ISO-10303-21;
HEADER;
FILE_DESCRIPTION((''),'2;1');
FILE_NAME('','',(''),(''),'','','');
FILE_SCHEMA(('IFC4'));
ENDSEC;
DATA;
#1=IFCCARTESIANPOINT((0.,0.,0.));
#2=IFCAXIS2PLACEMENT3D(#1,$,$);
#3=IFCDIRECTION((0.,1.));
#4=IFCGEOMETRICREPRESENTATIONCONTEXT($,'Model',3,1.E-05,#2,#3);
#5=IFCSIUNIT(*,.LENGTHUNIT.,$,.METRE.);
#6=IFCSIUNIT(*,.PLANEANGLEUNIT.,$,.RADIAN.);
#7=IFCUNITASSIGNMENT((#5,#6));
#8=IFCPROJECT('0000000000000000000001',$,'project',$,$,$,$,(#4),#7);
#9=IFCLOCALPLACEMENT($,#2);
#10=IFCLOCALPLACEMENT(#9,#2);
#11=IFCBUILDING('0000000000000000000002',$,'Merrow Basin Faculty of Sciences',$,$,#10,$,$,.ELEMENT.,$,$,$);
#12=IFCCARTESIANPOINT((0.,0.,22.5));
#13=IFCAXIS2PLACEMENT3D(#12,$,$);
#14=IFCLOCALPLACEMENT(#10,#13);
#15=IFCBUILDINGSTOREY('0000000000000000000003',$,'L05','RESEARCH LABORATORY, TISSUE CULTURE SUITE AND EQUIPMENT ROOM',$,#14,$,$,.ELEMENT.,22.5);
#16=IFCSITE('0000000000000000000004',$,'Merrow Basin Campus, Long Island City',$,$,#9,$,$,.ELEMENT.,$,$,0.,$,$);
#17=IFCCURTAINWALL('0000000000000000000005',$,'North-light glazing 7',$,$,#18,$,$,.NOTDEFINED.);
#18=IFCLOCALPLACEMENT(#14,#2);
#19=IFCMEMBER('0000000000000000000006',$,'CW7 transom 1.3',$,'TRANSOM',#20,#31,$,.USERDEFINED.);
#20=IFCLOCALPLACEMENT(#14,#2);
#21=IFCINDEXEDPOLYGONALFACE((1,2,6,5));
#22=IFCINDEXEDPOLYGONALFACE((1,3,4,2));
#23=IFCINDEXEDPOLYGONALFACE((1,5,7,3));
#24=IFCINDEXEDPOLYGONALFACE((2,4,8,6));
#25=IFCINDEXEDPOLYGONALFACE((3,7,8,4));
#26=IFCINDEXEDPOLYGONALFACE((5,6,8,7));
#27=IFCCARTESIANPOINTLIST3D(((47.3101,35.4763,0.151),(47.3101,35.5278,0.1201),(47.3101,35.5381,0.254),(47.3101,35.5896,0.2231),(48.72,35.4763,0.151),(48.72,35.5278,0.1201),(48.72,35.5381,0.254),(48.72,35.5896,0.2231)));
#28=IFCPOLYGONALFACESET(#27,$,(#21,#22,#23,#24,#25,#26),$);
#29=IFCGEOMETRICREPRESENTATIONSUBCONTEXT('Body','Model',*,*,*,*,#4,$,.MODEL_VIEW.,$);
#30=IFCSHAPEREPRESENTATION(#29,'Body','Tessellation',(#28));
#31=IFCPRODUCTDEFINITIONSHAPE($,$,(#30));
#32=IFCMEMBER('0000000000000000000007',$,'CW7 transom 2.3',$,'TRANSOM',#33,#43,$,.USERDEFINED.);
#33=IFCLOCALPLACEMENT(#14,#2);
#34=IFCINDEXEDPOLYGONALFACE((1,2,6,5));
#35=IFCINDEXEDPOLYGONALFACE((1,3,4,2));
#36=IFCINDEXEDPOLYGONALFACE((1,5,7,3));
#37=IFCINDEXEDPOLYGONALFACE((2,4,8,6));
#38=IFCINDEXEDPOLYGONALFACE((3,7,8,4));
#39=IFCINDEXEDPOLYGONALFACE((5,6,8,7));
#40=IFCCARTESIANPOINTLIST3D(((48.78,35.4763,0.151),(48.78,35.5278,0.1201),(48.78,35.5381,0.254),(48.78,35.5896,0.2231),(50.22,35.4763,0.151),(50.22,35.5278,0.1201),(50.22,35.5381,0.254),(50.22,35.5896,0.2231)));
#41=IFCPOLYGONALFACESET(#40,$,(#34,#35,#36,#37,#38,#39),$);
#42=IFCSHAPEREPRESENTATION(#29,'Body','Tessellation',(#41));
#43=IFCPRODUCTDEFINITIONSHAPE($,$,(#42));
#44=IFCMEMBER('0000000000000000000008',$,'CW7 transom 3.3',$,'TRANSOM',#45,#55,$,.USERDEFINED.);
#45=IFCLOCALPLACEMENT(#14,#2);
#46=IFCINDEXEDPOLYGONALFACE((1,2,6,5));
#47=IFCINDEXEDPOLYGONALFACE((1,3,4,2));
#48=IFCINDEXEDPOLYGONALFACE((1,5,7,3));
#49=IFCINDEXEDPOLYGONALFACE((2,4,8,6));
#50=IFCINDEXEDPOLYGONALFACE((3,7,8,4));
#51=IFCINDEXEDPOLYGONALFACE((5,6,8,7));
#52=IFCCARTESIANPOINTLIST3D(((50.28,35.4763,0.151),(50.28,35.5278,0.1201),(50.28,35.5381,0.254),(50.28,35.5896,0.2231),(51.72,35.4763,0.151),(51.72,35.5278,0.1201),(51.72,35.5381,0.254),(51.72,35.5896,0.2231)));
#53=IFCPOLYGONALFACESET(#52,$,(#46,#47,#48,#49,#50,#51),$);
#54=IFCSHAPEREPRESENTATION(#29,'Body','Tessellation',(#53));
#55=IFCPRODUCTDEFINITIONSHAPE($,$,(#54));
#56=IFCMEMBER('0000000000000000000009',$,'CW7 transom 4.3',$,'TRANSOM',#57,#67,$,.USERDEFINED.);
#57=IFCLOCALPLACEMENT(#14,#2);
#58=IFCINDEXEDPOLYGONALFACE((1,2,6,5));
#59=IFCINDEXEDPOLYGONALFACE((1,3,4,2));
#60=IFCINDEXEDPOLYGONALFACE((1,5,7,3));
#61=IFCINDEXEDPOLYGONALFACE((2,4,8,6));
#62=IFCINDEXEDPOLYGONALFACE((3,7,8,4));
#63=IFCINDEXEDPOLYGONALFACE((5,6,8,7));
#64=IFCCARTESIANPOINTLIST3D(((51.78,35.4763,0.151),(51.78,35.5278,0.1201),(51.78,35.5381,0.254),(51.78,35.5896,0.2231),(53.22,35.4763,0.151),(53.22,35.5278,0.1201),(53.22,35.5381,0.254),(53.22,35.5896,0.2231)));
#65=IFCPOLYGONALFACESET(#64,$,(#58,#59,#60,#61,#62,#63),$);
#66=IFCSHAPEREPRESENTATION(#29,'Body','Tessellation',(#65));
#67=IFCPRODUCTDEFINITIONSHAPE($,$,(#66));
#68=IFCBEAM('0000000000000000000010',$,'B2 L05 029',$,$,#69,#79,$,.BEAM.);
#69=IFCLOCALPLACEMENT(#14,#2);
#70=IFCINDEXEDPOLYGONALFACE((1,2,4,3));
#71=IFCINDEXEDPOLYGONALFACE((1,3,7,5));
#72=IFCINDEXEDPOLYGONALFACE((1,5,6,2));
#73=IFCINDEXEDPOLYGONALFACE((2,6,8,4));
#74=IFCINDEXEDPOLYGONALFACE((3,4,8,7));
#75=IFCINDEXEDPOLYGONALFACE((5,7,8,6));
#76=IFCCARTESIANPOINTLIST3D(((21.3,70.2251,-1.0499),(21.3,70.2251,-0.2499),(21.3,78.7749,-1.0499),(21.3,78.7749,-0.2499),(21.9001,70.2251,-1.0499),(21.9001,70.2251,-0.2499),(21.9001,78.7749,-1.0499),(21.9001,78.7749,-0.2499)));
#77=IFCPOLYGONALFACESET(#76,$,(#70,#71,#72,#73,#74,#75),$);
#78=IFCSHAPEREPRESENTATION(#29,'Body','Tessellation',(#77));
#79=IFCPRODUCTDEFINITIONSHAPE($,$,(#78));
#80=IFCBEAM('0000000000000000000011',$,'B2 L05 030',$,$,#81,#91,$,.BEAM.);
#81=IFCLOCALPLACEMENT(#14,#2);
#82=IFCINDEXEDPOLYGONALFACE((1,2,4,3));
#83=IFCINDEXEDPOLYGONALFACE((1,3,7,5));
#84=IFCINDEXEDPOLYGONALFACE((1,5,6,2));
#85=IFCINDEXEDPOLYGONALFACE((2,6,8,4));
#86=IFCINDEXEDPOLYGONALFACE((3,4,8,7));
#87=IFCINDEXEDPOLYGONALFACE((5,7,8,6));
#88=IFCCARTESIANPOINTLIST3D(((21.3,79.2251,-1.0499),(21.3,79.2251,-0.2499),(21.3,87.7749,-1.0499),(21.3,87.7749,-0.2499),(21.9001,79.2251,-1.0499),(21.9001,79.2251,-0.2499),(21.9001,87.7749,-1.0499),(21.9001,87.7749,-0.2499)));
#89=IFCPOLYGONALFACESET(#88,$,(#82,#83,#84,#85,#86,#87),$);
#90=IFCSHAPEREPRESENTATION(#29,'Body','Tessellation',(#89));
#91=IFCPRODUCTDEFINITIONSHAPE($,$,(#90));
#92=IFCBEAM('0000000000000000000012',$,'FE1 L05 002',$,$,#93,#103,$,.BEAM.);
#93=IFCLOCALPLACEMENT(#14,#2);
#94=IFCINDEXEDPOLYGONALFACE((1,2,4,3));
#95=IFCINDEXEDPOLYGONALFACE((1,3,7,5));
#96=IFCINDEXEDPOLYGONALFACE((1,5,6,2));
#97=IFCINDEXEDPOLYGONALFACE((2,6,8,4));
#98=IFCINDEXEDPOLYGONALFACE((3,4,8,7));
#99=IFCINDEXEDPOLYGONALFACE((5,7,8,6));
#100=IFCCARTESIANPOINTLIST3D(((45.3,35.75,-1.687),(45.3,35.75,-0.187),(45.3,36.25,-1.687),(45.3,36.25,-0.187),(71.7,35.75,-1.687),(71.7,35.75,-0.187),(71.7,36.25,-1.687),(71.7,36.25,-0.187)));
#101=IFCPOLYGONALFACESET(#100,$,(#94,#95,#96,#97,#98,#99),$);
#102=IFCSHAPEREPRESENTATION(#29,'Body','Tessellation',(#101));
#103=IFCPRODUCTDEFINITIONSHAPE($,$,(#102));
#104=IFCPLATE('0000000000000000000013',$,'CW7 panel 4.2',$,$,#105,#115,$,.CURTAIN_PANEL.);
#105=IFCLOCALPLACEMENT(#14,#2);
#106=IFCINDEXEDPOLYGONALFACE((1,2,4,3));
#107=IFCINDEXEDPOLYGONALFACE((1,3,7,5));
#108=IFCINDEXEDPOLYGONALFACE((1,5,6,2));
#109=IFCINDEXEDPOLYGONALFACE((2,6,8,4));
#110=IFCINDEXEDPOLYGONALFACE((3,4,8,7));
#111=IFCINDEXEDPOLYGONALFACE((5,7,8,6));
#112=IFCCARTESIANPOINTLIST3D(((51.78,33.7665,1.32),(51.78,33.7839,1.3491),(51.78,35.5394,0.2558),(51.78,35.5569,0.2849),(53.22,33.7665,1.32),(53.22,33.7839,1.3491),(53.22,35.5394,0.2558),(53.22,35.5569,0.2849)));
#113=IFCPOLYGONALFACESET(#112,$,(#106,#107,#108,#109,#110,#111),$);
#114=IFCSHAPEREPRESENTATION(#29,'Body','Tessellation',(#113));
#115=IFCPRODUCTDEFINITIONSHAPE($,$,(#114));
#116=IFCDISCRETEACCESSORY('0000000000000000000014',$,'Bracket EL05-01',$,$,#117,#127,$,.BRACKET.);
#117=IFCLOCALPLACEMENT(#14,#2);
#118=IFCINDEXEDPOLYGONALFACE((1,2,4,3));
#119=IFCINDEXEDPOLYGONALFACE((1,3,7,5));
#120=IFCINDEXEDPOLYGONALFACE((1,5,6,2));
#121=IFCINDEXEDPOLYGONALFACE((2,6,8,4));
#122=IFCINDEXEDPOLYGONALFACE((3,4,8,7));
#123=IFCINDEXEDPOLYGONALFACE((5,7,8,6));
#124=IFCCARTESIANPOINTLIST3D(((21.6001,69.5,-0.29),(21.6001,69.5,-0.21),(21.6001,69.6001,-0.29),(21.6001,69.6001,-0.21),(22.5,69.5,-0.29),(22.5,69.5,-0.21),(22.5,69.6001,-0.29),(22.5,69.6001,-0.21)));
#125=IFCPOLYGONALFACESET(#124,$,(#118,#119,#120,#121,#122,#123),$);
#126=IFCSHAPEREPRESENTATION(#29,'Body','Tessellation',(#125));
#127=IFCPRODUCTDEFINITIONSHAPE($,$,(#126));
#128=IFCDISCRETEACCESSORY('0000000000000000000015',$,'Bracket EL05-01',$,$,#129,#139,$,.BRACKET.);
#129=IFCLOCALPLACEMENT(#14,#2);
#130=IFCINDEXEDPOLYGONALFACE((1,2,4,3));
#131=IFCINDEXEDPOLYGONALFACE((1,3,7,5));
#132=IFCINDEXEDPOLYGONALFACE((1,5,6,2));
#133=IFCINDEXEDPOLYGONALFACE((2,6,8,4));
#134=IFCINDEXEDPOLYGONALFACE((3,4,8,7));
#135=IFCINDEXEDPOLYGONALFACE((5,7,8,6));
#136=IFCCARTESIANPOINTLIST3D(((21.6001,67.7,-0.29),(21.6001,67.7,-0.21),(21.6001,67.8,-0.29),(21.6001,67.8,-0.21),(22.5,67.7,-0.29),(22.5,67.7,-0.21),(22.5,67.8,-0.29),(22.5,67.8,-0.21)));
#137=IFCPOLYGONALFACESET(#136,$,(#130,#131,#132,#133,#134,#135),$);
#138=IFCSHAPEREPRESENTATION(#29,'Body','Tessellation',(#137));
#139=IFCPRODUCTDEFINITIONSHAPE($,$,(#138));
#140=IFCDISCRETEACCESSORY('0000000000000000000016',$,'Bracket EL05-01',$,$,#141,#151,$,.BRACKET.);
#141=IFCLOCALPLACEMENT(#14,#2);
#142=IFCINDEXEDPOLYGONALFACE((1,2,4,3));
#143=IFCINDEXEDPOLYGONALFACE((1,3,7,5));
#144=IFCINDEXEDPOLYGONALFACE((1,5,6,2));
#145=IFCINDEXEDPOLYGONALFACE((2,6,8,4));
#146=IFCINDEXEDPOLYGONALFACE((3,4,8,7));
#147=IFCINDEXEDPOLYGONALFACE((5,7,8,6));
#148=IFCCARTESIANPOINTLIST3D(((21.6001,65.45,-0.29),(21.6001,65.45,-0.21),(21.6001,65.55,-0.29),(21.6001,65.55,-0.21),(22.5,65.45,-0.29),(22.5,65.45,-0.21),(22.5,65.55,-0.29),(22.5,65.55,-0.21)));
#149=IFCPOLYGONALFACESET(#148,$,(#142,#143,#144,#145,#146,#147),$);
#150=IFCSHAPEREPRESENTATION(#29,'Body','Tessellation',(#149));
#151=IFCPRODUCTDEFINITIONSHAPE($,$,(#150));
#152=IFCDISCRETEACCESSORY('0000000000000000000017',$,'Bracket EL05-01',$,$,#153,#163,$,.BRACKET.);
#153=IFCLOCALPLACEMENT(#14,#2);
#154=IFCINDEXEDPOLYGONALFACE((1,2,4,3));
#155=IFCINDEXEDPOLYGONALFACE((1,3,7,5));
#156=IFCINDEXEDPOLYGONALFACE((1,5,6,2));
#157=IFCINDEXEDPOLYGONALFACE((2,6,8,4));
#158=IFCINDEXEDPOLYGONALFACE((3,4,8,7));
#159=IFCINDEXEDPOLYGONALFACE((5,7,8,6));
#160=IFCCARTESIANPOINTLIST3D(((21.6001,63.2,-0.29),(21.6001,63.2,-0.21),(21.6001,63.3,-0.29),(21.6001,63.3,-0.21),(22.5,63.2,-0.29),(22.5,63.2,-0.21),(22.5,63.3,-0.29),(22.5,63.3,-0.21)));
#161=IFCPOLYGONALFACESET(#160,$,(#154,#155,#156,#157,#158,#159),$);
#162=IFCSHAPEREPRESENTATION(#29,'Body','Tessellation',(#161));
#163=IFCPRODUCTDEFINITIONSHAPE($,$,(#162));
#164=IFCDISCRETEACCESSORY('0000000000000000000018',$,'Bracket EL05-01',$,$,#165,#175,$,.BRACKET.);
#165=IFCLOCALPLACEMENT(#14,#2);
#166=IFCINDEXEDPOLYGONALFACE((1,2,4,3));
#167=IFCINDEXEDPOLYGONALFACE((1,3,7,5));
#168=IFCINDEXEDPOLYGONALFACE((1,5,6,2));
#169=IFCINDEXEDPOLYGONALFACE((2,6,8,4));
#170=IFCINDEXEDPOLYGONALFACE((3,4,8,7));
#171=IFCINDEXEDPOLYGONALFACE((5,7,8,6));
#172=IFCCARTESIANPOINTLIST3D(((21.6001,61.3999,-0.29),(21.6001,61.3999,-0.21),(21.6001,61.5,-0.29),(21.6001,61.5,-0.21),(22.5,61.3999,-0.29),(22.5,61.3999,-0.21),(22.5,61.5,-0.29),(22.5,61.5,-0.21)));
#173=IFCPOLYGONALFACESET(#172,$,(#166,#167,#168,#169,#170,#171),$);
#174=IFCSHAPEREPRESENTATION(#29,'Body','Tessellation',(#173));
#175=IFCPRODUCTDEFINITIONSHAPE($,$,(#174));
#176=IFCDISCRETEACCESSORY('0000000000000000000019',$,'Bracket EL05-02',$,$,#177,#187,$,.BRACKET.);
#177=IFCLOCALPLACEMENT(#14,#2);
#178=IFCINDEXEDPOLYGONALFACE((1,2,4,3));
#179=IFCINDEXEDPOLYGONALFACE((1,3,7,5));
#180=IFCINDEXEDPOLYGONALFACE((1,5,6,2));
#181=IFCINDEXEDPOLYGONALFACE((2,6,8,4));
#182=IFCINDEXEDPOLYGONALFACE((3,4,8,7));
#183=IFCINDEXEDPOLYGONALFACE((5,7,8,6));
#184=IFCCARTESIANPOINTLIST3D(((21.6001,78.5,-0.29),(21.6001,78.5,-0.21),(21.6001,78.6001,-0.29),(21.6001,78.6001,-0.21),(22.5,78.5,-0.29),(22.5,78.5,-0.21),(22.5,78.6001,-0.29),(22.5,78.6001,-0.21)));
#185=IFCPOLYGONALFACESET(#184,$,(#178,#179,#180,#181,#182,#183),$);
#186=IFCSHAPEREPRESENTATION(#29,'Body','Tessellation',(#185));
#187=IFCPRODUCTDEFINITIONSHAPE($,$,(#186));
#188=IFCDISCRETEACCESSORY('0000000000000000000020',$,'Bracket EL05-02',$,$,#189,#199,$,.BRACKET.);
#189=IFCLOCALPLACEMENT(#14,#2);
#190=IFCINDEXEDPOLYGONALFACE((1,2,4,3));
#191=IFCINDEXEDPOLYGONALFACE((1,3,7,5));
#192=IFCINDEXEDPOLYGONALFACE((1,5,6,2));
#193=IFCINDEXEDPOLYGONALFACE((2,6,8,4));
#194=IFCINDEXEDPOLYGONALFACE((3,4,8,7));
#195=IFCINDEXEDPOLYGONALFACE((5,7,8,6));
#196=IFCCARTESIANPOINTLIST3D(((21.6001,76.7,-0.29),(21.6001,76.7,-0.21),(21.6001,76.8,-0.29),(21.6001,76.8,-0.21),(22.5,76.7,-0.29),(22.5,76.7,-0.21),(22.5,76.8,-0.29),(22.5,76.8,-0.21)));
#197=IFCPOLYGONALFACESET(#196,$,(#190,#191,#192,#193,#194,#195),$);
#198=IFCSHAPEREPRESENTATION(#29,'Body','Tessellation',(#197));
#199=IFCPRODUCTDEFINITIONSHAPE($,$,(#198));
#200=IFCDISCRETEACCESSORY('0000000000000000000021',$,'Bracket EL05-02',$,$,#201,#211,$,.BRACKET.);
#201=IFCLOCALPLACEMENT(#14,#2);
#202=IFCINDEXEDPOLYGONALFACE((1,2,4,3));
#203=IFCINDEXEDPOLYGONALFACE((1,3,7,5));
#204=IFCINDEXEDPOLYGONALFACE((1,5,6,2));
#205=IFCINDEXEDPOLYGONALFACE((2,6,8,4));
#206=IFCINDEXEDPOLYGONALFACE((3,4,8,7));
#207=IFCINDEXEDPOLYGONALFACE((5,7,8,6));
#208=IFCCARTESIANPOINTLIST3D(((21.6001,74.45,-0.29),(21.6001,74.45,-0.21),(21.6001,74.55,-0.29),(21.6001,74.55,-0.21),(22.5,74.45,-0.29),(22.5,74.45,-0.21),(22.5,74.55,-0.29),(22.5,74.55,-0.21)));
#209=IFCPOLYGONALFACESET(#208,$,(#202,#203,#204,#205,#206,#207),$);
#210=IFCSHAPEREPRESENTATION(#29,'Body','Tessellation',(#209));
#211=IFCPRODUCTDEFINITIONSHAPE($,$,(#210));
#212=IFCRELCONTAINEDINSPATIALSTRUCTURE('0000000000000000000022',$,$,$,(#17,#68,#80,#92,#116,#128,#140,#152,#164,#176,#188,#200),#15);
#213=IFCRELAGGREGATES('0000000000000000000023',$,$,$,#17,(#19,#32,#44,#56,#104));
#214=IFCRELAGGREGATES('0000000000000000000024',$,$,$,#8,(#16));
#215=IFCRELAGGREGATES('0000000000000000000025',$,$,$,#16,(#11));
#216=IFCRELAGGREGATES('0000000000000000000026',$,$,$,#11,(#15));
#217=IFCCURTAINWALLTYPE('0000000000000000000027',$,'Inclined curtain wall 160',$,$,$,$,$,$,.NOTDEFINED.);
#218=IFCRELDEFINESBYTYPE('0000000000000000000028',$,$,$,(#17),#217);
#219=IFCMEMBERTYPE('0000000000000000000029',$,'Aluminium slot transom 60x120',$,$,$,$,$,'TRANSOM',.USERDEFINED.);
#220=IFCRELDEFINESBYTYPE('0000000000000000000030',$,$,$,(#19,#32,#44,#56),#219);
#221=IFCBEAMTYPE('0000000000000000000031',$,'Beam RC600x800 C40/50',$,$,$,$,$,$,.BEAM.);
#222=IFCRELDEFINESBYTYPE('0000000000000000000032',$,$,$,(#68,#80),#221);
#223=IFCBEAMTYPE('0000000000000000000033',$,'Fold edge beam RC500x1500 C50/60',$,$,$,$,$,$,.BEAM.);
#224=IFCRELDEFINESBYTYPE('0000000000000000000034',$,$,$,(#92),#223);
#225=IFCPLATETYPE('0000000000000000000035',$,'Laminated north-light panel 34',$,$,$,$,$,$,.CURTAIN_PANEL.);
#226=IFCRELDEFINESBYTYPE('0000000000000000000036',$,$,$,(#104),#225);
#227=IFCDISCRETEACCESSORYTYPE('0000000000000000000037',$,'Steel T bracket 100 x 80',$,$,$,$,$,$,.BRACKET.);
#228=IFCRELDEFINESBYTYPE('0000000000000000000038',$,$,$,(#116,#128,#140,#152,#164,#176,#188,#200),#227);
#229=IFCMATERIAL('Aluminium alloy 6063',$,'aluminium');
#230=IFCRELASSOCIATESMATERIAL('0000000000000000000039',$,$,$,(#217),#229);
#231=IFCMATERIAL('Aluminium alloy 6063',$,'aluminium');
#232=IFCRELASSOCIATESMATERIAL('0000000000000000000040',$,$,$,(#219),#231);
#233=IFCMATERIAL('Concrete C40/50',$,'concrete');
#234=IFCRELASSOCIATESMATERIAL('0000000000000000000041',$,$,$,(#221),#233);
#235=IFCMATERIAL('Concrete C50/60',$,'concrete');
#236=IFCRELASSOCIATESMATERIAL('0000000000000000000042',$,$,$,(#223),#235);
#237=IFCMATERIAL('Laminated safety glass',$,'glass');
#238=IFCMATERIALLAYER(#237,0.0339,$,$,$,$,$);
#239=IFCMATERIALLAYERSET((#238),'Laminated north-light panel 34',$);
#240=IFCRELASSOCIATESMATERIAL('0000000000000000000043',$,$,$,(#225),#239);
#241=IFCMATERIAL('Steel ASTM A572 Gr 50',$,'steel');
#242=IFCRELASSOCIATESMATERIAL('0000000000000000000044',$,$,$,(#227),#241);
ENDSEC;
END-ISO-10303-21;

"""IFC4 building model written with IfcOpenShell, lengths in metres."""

from ifc_helpers import new_model, si_unit, direction, frame, origin, origin_2d, place, context, subcontext, project, spatial, polyline, rectangle, outline, extrude, source, transform, mapped, material, layer, layer_set, material_profile, profile_set, type_object, element, aggregate, save


model = new_model("IFC4")

# Units and contexts
model_context = context("Model", 3, precision=1e-05, world=origin(), true_north=direction((0.0, 1.0)))
body_context = subcontext(model_context, "Body", "Model", "MODEL_VIEW")
ifc_project = project(units=[si_unit("LENGTHUNIT", "METRE"), si_unit("PLANEANGLEUNIT", "RADIAN")], contexts=[model_context])

# Site, building, storey
site_placement = place(None, origin())
site = spatial("IfcSite", under=ifc_project, at=site_placement, Name="Merrow Basin Campus, Long Island City", CompositionType="ELEMENT", RefElevation=0.0)
building_placement = place(site_placement, origin())
building = spatial("IfcBuilding", under=site, at=building_placement, Name="Merrow Basin Faculty of Sciences", CompositionType="ELEMENT")
storey_placement = place(building_placement, frame((0.0, 0.0, 22.5)))
storey = spatial("IfcBuildingStorey", under=building, at=storey_placement, Name="L05", Description="RESEARCH LABORATORY, TISSUE CULTURE SUITE AND EQUIPMENT ROOM", CompositionType="ELEMENT", Elevation=22.5)

# Curtain wall, members
ifc_material_1 = material(Name="Aluminium alloy 6063", Category="aluminium")
curtain_wall_type = type_object("IfcCurtainWallType", Name="Inclined curtain wall 160", PredefinedType="NOTDEFINED", material=ifc_material_1)
curtain_wall_placement = place(storey_placement, origin())
curtain_wall = element("IfcCurtainWall", 1, at=curtain_wall_placement, inside=storey, type_object=curtain_wall_type, Name="North-light glazing 7", PredefinedType="NOTDEFINED")
ifc_material_2 = material(Name="Aluminium alloy 6063", Category="aluminium")
ifc_material_profile_1 = material_profile(ifc_material_2, rectangle(XDim=0.0601, YDim=0.1201, at=origin_2d()))
ifc_profile_set_1 = profile_set([ifc_material_profile_1], Name="Aluminium alloy 6063")
member_type = type_object("IfcMemberType", Name="Aluminium slot transom 60x120", ElementType="TRANSOM", PredefinedType="USERDEFINED", material=ifc_profile_set_1)
member_1_placement = place(storey_placement, frame((47.3101, 35.533, 0.187), z_axis=(1.0, 0.0, 0.0), x_axis=(0.0, 0.857493, -0.514496)))
member_1 = element("IfcMember", 2, at=member_1_placement, type_object=member_type, Name="CW7 transom 1.3", ObjectType="TRANSOM", PredefinedType="USERDEFINED", context=body_context, shape_type="SweptSolid", body=[
    extrude(rectangle(XDim=0.0601, YDim=0.1201, at=origin_2d()), origin(), (0.0, 0.0, 1.0), 1.4099),
])
member_2_placement = place(storey_placement, frame((48.78, 35.533, 0.187), z_axis=(1.0, 0.0, 0.0), x_axis=(0.0, 0.857493, -0.514496)))
member_2 = element("IfcMember", 3, at=member_2_placement, type_object=member_type, Name="CW7 transom 2.3", ObjectType="TRANSOM", PredefinedType="USERDEFINED", context=body_context, shape_type="SweptSolid", body=[
    extrude(rectangle(XDim=0.0601, YDim=0.1201, at=origin_2d()), origin(), (0.0, 0.0, 1.0), 1.4399),
])
member_3_placement = place(storey_placement, frame((50.28, 35.533, 0.187), z_axis=(1.0, 0.0, 0.0), x_axis=(0.0, 0.857493, -0.514496)))
member_3 = element("IfcMember", 4, at=member_3_placement, type_object=member_type, Name="CW7 transom 3.3", ObjectType="TRANSOM", PredefinedType="USERDEFINED", context=body_context, shape_type="SweptSolid", body=[
    extrude(rectangle(XDim=0.0601, YDim=0.1201, at=origin_2d()), origin(), (0.0, 0.0, 1.0), 1.4399),
])
member_4_placement = place(storey_placement, frame((51.78, 35.533, 0.187), z_axis=(1.0, 0.0, 0.0), x_axis=(0.0, 0.857493, -0.514496)))
member_4 = element("IfcMember", 5, at=member_4_placement, type_object=member_type, Name="CW7 transom 4.3", ObjectType="TRANSOM", PredefinedType="USERDEFINED", context=body_context, shape_type="SweptSolid", body=[
    extrude(rectangle(XDim=0.0601, YDim=0.1201, at=origin_2d()), origin(), (0.0, 0.0, 1.0), 1.4399),
])

# Beams
ifc_material_3 = material(Name="Concrete C40/50", Category="concrete")
ifc_material_profile_2 = material_profile(ifc_material_3, rectangle(XDim=0.6001, YDim=0.8, at=origin_2d()))
ifc_profile_set_2 = profile_set([ifc_material_profile_2], Name="Concrete C40/50")
beam_type_1 = type_object("IfcBeamType", Name="Beam RC600x800 C40/50", PredefinedType="BEAM", material=ifc_profile_set_2)
for number, where, z_axis, x_axis, name in (
    (6, (21.6001, 70.2251, -0.6499), (0.0, 1.0, 0.0), (-1.0, 0.0, 0.0), "B2 L05 029"),
    (7, (21.6001, 79.2251, -0.6499), (0.0, 1.0, 0.0), (-1.0, 0.0, 0.0), "B2 L05 030"),
):
    element("IfcBeam", number, at=place(storey_placement, frame(where, z_axis=z_axis, x_axis=x_axis)), inside=storey, type_object=beam_type_1, Name=name, PredefinedType="BEAM", context=body_context, shape_type="SweptSolid", body=[
        extrude(rectangle(XDim=0.6001, YDim=0.8, at=origin_2d()), origin(), (0.0, 0.0, 1.0), 8.5498),
    ])
ifc_material_4 = material(Name="Concrete C50/60", Category="concrete")
ifc_material_profile_3 = material_profile(ifc_material_4, rectangle(XDim=0.5, YDim=1.5, at=origin_2d()))
ifc_profile_set_3 = profile_set([ifc_material_profile_3], Name="Concrete C50/60")
beam_type_2 = type_object("IfcBeamType", Name="Fold edge beam RC500x1500 C50/60", PredefinedType="BEAM", material=ifc_profile_set_3)
beam_placement = place(storey_placement, frame((45.3, 36.0, -0.937), z_axis=(1.0, 0.0, 0.0), x_axis=(0.0, 1.0, 0.0)))
element("IfcBeam", 8, at=beam_placement, inside=storey, type_object=beam_type_2, Name="FE1 L05 002", PredefinedType="BEAM", context=body_context, shape_type="SweptSolid", body=[
    extrude(rectangle(XDim=0.5, YDim=1.5, at=origin_2d()), origin(), (0.0, 0.0, 1.0), 26.3999),
])

# Plate
ifc_material_5 = material(Name="Laminated safety glass", Category="glass")
ifc_layer_1 = layer(ifc_material_5, 0.0339)
ifc_layer_set_1 = layer_set([ifc_layer_1], Name="Laminated north-light panel 34")
plate_type = type_object("IfcPlateType", Name="Laminated north-light panel 34", PredefinedType="CURTAIN_PANEL", material=ifc_layer_set_1)
plate_placement = place(storey_placement, frame((51.78, 33.7839, 1.3491), z_axis=(0.0, 0.514652, 0.857399), x_axis=(1.0, 0.0, 0.0)))
plate = element("IfcPlate", 9, at=plate_placement, type_object=plate_type, Name="CW7 panel 4.2", PredefinedType="CURTAIN_PANEL", context=body_context, shape_type="SweptSolid", body=[
    extrude(outline(polyline([(0.0, 0.0), (1.4399, 0.0), (1.4399, 2.0678), (0.0, 2.0678), (0.0, 0.0)])), origin(), (0.0, 0.0, -1.0), 0.0339),
])
aggregate(curtain_wall, [member_1, member_2, member_3, member_4, plate])

# Discrete accessories
ifc_material_6 = material(Name="Steel ASTM A572 Gr 50", Category="steel")
discrete_accessory_type_1 = type_object("IfcDiscreteAccessoryType", Name="Steel T bracket 100 x 80", PredefinedType="BRACKET", material=ifc_material_6)
shared_shape_1 = source(origin(), body_context, "Body", "SweptSolid", [
    extrude(outline(polyline([(0.0, 0.0), (0.1001, 0.0), (0.1001, 0.0801), (0.0, 0.0801), (0.0, 0.0)])), origin(), (0.0, 0.0, 1.0), 0.8999),
])
for number, where, z_axis, x_axis, name in (
    (10, (22.5, 69.6001, -0.29), (-1.0, 0.0, 0.0), (0.0, -1.0, 0.0), "Bracket EL05-01"),
    (11, (22.5, 67.8, -0.29), (-1.0, 0.0, 0.0), (0.0, -1.0, 0.0), "Bracket EL05-01"),
    (12, (22.5, 65.55, -0.29), (-1.0, 0.0, 0.0), (0.0, -1.0, 0.0), "Bracket EL05-01"),
    (13, (22.5, 63.3, -0.29), (-1.0, 0.0, 0.0), (0.0, -1.0, 0.0), "Bracket EL05-01"),
    (14, (22.5, 61.5, -0.29), (-1.0, 0.0, 0.0), (0.0, -1.0, 0.0), "Bracket EL05-01"),
    (15, (22.5, 78.6001, -0.29), (-1.0, 0.0, 0.0), (0.0, -1.0, 0.0), "Bracket EL05-02"),
    (16, (22.5, 76.8, -0.29), (-1.0, 0.0, 0.0), (0.0, -1.0, 0.0), "Bracket EL05-02"),
    (17, (22.5, 74.55, -0.29), (-1.0, 0.0, 0.0), (0.0, -1.0, 0.0), "Bracket EL05-02"),
):
    element("IfcDiscreteAccessory", number, at=place(storey_placement, frame(where, z_axis=z_axis, x_axis=x_axis)), inside=storey, type_object=discrete_accessory_type_1, Name=name, PredefinedType="BRACKET", context=body_context, shape_type="MappedRepresentation", body=[
        mapped(shared_shape_1, transform((0.0, 0.0, 0.0), scale=1.0)),
    ])

save(model, "model.ifc")
